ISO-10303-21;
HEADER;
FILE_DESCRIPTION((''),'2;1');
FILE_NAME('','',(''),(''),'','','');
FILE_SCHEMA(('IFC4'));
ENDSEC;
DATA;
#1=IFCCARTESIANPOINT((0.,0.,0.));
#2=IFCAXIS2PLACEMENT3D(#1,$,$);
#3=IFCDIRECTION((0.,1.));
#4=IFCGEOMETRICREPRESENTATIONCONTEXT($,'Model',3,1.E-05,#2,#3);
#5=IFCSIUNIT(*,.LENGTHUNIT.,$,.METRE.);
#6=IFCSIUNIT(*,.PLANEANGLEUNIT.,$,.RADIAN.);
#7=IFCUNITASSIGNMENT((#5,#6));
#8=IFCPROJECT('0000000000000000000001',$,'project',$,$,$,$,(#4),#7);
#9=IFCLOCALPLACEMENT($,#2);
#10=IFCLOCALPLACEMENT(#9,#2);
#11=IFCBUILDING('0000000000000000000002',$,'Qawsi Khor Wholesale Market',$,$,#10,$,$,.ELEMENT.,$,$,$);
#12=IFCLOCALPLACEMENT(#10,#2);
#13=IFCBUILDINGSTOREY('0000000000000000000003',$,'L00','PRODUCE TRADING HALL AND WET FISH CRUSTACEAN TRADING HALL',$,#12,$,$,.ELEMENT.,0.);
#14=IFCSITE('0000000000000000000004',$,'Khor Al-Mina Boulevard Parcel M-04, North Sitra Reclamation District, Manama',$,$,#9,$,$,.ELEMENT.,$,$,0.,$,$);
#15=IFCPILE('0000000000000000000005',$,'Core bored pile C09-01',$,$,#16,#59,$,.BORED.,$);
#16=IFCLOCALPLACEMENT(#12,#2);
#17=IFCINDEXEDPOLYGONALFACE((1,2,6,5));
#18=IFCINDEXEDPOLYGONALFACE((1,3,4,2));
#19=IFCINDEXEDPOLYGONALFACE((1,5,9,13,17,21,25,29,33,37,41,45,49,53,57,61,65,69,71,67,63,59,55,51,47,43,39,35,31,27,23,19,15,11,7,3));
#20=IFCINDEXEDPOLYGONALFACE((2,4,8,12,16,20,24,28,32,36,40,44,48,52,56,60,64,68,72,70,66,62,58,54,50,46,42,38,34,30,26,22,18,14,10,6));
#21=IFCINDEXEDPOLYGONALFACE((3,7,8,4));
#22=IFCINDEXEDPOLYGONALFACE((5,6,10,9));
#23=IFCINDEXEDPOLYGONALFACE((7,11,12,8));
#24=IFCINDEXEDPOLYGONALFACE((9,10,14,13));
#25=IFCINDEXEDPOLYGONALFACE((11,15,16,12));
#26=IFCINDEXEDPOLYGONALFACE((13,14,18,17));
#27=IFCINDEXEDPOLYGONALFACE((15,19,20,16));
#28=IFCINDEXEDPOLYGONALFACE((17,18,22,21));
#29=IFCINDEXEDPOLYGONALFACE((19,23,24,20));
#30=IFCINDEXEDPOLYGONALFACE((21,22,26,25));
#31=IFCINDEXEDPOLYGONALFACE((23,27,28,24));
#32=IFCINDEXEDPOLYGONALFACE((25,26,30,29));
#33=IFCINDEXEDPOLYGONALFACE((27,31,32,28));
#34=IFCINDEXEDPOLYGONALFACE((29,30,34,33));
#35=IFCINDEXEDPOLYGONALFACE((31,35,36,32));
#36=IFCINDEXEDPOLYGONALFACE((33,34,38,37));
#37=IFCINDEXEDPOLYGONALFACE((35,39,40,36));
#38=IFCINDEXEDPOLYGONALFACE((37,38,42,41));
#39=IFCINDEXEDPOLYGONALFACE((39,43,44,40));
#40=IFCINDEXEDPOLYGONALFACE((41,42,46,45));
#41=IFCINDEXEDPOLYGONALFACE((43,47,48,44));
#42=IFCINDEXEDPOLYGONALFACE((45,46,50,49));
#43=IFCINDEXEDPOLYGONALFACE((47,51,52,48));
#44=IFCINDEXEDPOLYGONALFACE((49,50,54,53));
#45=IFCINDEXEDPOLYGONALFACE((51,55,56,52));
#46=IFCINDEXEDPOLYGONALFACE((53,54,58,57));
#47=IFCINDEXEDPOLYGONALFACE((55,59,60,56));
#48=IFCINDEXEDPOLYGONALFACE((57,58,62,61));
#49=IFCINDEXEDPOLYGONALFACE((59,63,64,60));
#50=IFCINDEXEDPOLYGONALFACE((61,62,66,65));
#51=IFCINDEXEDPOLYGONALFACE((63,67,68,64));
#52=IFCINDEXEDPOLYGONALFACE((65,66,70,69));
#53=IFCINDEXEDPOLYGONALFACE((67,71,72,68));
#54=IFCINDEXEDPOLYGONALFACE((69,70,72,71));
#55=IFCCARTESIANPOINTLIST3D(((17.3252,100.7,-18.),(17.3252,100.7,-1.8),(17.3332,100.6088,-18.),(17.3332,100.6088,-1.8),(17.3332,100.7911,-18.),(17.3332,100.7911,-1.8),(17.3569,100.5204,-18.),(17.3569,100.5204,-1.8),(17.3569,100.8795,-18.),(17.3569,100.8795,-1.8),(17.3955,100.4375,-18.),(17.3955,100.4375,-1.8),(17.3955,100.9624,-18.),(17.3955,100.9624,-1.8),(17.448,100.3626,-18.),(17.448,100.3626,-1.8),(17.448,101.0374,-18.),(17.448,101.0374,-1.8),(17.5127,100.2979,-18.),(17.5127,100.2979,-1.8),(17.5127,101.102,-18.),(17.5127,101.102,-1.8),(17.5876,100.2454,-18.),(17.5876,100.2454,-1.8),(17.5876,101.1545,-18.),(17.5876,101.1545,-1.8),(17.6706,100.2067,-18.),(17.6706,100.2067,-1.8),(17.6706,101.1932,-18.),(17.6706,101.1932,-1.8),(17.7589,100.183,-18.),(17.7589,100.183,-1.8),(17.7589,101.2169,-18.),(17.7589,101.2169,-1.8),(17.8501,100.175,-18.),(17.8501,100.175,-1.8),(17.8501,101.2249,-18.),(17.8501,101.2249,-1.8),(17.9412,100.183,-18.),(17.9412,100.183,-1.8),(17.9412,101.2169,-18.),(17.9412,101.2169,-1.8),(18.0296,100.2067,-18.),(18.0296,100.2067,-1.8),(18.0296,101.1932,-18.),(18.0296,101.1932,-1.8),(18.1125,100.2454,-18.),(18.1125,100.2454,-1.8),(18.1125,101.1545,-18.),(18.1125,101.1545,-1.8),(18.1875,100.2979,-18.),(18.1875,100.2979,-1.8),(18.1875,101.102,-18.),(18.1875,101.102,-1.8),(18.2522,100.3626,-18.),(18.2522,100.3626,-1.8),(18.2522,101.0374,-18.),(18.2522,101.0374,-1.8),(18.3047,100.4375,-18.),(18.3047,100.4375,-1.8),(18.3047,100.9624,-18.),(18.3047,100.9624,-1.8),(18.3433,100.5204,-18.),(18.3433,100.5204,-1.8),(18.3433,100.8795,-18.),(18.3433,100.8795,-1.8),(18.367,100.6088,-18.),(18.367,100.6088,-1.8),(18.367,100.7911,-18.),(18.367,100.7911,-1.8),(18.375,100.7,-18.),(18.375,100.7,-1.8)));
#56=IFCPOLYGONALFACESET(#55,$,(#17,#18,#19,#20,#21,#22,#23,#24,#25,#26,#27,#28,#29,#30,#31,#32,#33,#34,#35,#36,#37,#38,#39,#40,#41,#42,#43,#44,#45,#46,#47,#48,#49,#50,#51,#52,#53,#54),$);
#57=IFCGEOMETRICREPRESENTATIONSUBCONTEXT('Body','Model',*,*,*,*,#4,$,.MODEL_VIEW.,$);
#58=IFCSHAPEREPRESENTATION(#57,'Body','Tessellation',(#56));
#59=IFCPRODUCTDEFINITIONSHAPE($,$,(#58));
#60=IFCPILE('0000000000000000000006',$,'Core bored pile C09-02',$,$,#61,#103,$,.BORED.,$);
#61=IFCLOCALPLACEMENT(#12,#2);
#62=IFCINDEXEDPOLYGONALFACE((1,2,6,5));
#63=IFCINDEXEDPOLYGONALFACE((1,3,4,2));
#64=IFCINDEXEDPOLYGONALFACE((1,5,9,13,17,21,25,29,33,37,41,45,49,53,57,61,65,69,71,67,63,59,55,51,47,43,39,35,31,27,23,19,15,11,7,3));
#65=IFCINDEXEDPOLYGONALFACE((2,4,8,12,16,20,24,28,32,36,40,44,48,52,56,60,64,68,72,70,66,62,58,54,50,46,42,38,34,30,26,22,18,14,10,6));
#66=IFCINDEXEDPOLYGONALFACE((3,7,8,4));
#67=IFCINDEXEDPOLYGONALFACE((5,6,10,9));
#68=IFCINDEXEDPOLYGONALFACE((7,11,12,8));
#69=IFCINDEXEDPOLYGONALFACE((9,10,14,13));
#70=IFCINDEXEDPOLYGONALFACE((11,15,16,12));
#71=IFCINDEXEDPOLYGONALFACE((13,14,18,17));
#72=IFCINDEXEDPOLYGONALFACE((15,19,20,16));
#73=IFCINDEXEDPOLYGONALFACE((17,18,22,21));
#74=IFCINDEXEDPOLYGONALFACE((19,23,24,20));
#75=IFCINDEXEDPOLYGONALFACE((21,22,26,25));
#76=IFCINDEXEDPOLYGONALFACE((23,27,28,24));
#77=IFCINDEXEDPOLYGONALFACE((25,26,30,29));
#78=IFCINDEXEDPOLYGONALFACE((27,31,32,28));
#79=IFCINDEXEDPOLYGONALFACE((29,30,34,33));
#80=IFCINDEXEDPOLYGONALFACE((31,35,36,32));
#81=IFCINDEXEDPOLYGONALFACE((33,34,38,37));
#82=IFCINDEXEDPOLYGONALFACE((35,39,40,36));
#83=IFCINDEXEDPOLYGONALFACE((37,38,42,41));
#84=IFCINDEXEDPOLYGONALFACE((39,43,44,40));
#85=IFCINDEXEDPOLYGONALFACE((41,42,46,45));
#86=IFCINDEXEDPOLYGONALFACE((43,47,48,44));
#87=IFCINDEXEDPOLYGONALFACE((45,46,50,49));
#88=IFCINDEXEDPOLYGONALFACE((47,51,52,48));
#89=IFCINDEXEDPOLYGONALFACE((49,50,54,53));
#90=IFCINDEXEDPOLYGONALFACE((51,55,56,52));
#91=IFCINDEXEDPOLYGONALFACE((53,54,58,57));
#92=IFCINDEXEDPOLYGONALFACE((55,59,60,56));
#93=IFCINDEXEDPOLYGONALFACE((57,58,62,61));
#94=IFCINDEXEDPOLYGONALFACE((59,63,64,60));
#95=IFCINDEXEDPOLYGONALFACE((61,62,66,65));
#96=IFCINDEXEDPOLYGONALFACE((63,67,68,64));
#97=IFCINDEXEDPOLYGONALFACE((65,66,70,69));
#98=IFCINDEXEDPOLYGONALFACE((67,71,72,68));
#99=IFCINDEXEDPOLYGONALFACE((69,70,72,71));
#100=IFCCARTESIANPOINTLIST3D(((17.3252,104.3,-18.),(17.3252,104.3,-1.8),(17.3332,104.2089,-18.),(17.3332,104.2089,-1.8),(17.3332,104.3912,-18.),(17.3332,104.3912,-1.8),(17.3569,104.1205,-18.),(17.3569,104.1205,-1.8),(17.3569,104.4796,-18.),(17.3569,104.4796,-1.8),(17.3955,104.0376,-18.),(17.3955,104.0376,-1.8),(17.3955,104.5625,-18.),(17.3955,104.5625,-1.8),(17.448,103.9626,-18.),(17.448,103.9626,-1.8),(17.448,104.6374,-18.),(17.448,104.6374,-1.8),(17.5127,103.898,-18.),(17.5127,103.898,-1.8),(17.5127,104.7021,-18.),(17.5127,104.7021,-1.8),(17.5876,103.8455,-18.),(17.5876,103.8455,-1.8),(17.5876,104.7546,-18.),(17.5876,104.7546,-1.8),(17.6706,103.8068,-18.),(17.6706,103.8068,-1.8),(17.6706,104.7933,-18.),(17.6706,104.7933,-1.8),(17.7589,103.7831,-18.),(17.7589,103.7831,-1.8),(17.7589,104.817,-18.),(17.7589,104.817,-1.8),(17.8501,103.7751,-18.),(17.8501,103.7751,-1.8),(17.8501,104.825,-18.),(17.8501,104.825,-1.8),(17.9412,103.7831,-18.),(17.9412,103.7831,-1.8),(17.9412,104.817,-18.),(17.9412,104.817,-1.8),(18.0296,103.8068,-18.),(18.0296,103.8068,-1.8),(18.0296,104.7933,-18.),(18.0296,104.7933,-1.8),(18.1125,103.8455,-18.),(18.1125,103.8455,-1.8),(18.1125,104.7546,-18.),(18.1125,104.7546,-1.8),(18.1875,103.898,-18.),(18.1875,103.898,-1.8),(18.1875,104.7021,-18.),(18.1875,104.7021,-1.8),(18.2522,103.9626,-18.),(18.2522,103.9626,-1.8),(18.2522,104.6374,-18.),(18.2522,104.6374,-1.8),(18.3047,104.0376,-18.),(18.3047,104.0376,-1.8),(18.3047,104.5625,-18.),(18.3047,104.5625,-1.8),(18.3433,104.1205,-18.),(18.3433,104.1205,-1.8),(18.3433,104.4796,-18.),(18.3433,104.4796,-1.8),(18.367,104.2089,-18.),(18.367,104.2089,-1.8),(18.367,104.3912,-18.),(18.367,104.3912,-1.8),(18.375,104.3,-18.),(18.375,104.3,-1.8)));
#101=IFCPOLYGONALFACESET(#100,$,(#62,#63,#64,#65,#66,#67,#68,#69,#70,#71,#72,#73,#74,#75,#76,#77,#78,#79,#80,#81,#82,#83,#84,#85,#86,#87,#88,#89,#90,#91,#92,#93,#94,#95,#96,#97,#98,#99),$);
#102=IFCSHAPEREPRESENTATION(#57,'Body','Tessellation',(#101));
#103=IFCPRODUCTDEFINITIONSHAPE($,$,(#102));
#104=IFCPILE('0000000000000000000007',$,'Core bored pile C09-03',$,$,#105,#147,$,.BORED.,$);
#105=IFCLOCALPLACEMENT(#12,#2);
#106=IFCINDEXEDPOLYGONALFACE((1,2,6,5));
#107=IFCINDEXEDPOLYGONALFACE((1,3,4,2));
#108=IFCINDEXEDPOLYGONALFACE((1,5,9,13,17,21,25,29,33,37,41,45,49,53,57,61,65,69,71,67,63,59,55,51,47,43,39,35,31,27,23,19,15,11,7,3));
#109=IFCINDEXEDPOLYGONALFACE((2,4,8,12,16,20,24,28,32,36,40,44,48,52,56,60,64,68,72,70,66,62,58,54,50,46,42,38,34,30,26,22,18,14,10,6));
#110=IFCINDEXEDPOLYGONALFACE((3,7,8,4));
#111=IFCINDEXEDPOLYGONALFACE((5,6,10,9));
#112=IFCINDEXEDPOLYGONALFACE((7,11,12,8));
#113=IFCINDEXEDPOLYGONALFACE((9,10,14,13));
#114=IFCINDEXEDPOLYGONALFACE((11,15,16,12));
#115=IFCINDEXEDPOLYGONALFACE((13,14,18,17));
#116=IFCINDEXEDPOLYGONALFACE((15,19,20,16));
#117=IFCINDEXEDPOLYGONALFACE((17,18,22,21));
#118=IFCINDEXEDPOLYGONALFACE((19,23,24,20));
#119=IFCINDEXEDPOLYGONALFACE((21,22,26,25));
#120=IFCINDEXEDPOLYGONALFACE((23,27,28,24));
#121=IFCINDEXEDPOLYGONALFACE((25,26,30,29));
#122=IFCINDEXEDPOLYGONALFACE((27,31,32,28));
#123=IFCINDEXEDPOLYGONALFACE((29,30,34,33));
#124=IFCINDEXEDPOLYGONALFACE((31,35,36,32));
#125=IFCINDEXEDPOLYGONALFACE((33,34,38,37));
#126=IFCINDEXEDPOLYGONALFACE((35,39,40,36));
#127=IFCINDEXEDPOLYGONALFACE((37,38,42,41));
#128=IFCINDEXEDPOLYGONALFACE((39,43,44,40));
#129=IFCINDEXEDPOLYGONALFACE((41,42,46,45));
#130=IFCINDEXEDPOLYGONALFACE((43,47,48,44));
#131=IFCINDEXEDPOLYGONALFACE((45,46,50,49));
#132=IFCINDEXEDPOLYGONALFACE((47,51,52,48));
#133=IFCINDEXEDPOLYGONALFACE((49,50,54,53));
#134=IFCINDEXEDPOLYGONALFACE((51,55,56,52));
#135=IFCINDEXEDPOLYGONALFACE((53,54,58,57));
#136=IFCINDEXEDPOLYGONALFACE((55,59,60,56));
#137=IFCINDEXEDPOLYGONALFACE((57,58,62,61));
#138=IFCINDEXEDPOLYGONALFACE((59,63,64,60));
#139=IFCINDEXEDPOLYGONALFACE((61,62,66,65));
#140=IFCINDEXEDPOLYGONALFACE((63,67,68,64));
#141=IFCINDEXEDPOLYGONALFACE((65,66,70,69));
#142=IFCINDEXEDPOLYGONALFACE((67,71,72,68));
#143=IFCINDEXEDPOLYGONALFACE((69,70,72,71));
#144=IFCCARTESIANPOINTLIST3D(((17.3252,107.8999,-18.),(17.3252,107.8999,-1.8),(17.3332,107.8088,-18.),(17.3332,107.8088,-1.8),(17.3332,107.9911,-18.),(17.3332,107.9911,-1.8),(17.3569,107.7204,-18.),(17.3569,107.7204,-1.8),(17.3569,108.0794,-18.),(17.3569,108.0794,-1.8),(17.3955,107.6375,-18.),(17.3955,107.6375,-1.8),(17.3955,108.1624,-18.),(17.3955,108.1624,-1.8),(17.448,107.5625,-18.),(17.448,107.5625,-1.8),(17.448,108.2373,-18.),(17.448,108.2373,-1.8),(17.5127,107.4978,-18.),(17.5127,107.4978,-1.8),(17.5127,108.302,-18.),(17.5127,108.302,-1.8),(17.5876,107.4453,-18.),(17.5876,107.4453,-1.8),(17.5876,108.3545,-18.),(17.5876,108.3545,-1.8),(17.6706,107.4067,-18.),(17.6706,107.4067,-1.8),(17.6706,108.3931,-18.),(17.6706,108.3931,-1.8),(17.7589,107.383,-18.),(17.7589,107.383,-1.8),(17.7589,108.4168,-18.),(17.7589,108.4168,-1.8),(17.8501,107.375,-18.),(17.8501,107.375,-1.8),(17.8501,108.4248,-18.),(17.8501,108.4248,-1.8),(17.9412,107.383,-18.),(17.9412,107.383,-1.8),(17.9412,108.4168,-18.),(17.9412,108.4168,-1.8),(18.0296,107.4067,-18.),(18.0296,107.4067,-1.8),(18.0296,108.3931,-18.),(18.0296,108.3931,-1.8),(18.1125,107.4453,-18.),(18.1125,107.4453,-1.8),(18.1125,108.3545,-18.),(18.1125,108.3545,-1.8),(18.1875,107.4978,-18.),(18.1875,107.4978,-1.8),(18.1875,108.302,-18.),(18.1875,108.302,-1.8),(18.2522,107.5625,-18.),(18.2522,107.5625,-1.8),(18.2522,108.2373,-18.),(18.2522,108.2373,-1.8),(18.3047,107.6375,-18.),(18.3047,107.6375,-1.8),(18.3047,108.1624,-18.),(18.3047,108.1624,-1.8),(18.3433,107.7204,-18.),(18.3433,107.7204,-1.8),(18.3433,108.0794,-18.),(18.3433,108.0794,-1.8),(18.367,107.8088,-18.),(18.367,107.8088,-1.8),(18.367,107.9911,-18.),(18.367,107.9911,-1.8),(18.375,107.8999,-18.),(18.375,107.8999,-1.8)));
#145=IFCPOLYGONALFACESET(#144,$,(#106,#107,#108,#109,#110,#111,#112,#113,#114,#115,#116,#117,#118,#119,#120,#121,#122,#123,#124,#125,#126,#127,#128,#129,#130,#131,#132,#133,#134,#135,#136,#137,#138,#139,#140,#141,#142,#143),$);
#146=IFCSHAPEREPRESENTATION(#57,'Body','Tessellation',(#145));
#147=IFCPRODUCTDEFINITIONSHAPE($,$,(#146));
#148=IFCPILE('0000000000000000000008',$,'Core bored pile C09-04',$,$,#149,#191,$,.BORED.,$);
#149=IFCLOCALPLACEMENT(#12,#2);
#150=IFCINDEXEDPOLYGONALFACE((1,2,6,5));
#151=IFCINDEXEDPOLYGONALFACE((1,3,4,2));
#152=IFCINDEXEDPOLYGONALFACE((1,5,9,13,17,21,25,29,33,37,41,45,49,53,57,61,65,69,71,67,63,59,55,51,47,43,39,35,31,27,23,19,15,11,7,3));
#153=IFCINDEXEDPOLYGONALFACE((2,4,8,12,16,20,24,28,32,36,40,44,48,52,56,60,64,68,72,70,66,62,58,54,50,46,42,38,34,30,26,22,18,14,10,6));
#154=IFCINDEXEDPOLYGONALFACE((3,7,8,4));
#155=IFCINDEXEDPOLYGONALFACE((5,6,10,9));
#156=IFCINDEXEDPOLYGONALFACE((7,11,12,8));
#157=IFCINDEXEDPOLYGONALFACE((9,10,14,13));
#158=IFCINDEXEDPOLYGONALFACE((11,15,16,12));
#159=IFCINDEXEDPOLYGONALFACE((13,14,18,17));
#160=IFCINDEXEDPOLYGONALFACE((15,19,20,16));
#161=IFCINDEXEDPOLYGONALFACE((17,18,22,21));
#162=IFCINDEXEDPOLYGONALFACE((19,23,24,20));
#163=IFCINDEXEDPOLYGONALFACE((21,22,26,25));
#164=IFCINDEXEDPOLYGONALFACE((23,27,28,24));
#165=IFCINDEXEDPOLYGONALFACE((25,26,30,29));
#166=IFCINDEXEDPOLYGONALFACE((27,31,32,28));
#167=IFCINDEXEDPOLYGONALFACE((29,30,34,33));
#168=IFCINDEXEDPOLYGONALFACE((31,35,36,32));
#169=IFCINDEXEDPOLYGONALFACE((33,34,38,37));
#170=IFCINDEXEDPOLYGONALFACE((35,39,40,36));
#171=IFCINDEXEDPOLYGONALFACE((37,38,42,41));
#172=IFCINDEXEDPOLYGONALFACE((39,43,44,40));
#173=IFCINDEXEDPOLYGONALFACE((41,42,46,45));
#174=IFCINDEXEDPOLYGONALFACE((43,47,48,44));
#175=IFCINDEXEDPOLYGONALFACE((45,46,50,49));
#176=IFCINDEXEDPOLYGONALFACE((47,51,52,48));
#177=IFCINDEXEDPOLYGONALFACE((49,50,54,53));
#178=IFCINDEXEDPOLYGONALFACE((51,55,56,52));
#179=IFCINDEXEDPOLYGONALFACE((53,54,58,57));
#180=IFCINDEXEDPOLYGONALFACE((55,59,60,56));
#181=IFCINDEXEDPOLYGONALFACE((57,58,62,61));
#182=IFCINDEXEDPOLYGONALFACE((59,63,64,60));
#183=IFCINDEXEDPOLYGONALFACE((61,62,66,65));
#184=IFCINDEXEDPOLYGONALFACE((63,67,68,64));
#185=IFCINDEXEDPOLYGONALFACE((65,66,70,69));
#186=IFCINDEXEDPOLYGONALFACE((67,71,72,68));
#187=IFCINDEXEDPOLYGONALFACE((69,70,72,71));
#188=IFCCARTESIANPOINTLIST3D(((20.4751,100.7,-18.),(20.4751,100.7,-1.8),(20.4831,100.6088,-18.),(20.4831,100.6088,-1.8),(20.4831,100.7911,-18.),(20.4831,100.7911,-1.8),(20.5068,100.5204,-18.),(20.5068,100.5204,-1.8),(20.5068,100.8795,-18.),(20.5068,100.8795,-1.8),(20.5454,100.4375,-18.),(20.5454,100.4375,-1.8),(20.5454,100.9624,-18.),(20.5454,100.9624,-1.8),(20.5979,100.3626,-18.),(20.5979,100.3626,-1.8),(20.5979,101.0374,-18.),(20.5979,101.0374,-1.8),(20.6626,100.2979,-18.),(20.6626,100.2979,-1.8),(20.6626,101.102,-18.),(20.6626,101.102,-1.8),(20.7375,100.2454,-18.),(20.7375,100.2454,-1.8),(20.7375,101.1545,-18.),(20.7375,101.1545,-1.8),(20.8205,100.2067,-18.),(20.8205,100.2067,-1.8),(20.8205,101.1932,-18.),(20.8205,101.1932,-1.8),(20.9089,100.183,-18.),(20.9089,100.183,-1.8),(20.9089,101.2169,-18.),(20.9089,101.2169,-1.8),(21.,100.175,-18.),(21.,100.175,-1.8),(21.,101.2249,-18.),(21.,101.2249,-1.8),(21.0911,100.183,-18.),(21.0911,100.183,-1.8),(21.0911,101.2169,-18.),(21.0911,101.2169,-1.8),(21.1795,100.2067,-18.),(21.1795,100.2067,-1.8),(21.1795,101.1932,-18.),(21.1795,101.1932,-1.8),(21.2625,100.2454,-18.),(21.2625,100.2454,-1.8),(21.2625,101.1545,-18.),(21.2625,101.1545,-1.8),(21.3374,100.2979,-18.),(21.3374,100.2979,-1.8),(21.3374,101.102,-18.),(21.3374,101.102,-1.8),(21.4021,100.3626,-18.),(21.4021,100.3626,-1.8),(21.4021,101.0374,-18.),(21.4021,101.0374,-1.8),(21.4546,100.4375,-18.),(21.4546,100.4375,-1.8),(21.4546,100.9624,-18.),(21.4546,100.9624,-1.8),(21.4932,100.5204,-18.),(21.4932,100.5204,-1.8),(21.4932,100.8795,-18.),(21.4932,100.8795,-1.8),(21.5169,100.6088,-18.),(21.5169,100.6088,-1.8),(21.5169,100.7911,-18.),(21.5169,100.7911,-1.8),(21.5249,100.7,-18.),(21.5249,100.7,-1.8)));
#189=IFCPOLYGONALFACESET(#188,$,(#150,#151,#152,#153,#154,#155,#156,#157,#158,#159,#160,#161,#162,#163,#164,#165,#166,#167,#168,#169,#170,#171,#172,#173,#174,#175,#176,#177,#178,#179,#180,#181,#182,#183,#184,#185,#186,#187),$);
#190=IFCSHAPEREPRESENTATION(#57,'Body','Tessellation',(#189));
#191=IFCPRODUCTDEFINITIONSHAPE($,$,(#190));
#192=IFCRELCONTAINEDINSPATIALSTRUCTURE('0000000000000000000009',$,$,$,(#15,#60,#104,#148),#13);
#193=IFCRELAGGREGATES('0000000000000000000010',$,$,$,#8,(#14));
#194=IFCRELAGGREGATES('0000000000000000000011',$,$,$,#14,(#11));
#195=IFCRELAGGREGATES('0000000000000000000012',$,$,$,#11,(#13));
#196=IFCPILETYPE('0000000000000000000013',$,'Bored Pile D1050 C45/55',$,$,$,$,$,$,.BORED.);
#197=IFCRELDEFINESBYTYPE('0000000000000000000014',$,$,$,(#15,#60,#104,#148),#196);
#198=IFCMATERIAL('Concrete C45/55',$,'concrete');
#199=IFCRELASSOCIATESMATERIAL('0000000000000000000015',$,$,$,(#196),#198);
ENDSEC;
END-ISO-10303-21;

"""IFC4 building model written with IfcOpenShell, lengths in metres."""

from ifc_helpers import new_model, si_unit, direction, frame, origin, origin_2d, place, context, subcontext, project, spatial, circle, extrude, material, material_profile, profile_set, type_object, element, save


model = new_model("IFC4")

# Units and contexts
model_context = context("Model", 3, precision=1e-05, world=origin(), true_north=direction((0.0, 1.0)))
body_context = subcontext(model_context, "Body", "Model", "MODEL_VIEW")
ifc_project = project(units=[si_unit("LENGTHUNIT", "METRE"), si_unit("PLANEANGLEUNIT", "RADIAN")], contexts=[model_context])

# Site, building, storey
site_placement = place(None, origin())
site = spatial("IfcSite", under=ifc_project, at=site_placement, Name="Khor Al-Mina Boulevard Parcel M-04, North Sitra Reclamation District, Manama", CompositionType="ELEMENT", RefElevation=0.0)
building_placement = place(site_placement, origin())
building = spatial("IfcBuilding", under=site, at=building_placement, Name="Qawsi Khor Wholesale Market", CompositionType="ELEMENT")
storey_placement = place(building_placement, origin())
storey = spatial("IfcBuildingStorey", under=building, at=storey_placement, Name="L00", Description="PRODUCE TRADING HALL AND WET FISH CRUSTACEAN TRADING HALL", CompositionType="ELEMENT", Elevation=0.0)

# Piles
ifc_material_1 = material(Name="Concrete C45/55", Category="concrete")
ifc_material_profile_1 = material_profile(ifc_material_1, circle(Radius=0.5249, at=origin_2d()), Name="PILE D1050")
ifc_profile_set_1 = profile_set([ifc_material_profile_1], Name="Concrete C45/55")
pile_type_1 = type_object("IfcPileType", Name="Bored Pile D1050 C45/55", PredefinedType="BORED", material=ifc_profile_set_1)
for number, where, z_axis, x_axis, name in (
    (1, (17.8501, 100.7, -1.8), (0.0, 0.0, -1.0), (1.0, 0.0, 0.0), "Core bored pile C09-01"),
    (2, (17.8501, 104.3, -1.8), (0.0, 0.0, -1.0), (1.0, 0.0, 0.0), "Core bored pile C09-02"),
    (3, (17.8501, 107.8999, -1.8), (0.0, 0.0, -1.0), (1.0, 0.0, 0.0), "Core bored pile C09-03"),
    (4, (21.0, 100.7, -1.8), (0.0, 0.0, -1.0), (1.0, 0.0, 0.0), "Core bored pile C09-04"),
):
    element("IfcPile", number, at=place(storey_placement, frame(where, z_axis=z_axis, x_axis=x_axis)), inside=storey, type_object=pile_type_1, Name=name, PredefinedType="BORED", context=body_context, shape_type="SweptSolid", body=[
        extrude(circle(Radius=0.5249, at=origin_2d()), origin(), (0.0, 0.0, 1.0), 16.2),
    ])

save(model, "model.ifc")
